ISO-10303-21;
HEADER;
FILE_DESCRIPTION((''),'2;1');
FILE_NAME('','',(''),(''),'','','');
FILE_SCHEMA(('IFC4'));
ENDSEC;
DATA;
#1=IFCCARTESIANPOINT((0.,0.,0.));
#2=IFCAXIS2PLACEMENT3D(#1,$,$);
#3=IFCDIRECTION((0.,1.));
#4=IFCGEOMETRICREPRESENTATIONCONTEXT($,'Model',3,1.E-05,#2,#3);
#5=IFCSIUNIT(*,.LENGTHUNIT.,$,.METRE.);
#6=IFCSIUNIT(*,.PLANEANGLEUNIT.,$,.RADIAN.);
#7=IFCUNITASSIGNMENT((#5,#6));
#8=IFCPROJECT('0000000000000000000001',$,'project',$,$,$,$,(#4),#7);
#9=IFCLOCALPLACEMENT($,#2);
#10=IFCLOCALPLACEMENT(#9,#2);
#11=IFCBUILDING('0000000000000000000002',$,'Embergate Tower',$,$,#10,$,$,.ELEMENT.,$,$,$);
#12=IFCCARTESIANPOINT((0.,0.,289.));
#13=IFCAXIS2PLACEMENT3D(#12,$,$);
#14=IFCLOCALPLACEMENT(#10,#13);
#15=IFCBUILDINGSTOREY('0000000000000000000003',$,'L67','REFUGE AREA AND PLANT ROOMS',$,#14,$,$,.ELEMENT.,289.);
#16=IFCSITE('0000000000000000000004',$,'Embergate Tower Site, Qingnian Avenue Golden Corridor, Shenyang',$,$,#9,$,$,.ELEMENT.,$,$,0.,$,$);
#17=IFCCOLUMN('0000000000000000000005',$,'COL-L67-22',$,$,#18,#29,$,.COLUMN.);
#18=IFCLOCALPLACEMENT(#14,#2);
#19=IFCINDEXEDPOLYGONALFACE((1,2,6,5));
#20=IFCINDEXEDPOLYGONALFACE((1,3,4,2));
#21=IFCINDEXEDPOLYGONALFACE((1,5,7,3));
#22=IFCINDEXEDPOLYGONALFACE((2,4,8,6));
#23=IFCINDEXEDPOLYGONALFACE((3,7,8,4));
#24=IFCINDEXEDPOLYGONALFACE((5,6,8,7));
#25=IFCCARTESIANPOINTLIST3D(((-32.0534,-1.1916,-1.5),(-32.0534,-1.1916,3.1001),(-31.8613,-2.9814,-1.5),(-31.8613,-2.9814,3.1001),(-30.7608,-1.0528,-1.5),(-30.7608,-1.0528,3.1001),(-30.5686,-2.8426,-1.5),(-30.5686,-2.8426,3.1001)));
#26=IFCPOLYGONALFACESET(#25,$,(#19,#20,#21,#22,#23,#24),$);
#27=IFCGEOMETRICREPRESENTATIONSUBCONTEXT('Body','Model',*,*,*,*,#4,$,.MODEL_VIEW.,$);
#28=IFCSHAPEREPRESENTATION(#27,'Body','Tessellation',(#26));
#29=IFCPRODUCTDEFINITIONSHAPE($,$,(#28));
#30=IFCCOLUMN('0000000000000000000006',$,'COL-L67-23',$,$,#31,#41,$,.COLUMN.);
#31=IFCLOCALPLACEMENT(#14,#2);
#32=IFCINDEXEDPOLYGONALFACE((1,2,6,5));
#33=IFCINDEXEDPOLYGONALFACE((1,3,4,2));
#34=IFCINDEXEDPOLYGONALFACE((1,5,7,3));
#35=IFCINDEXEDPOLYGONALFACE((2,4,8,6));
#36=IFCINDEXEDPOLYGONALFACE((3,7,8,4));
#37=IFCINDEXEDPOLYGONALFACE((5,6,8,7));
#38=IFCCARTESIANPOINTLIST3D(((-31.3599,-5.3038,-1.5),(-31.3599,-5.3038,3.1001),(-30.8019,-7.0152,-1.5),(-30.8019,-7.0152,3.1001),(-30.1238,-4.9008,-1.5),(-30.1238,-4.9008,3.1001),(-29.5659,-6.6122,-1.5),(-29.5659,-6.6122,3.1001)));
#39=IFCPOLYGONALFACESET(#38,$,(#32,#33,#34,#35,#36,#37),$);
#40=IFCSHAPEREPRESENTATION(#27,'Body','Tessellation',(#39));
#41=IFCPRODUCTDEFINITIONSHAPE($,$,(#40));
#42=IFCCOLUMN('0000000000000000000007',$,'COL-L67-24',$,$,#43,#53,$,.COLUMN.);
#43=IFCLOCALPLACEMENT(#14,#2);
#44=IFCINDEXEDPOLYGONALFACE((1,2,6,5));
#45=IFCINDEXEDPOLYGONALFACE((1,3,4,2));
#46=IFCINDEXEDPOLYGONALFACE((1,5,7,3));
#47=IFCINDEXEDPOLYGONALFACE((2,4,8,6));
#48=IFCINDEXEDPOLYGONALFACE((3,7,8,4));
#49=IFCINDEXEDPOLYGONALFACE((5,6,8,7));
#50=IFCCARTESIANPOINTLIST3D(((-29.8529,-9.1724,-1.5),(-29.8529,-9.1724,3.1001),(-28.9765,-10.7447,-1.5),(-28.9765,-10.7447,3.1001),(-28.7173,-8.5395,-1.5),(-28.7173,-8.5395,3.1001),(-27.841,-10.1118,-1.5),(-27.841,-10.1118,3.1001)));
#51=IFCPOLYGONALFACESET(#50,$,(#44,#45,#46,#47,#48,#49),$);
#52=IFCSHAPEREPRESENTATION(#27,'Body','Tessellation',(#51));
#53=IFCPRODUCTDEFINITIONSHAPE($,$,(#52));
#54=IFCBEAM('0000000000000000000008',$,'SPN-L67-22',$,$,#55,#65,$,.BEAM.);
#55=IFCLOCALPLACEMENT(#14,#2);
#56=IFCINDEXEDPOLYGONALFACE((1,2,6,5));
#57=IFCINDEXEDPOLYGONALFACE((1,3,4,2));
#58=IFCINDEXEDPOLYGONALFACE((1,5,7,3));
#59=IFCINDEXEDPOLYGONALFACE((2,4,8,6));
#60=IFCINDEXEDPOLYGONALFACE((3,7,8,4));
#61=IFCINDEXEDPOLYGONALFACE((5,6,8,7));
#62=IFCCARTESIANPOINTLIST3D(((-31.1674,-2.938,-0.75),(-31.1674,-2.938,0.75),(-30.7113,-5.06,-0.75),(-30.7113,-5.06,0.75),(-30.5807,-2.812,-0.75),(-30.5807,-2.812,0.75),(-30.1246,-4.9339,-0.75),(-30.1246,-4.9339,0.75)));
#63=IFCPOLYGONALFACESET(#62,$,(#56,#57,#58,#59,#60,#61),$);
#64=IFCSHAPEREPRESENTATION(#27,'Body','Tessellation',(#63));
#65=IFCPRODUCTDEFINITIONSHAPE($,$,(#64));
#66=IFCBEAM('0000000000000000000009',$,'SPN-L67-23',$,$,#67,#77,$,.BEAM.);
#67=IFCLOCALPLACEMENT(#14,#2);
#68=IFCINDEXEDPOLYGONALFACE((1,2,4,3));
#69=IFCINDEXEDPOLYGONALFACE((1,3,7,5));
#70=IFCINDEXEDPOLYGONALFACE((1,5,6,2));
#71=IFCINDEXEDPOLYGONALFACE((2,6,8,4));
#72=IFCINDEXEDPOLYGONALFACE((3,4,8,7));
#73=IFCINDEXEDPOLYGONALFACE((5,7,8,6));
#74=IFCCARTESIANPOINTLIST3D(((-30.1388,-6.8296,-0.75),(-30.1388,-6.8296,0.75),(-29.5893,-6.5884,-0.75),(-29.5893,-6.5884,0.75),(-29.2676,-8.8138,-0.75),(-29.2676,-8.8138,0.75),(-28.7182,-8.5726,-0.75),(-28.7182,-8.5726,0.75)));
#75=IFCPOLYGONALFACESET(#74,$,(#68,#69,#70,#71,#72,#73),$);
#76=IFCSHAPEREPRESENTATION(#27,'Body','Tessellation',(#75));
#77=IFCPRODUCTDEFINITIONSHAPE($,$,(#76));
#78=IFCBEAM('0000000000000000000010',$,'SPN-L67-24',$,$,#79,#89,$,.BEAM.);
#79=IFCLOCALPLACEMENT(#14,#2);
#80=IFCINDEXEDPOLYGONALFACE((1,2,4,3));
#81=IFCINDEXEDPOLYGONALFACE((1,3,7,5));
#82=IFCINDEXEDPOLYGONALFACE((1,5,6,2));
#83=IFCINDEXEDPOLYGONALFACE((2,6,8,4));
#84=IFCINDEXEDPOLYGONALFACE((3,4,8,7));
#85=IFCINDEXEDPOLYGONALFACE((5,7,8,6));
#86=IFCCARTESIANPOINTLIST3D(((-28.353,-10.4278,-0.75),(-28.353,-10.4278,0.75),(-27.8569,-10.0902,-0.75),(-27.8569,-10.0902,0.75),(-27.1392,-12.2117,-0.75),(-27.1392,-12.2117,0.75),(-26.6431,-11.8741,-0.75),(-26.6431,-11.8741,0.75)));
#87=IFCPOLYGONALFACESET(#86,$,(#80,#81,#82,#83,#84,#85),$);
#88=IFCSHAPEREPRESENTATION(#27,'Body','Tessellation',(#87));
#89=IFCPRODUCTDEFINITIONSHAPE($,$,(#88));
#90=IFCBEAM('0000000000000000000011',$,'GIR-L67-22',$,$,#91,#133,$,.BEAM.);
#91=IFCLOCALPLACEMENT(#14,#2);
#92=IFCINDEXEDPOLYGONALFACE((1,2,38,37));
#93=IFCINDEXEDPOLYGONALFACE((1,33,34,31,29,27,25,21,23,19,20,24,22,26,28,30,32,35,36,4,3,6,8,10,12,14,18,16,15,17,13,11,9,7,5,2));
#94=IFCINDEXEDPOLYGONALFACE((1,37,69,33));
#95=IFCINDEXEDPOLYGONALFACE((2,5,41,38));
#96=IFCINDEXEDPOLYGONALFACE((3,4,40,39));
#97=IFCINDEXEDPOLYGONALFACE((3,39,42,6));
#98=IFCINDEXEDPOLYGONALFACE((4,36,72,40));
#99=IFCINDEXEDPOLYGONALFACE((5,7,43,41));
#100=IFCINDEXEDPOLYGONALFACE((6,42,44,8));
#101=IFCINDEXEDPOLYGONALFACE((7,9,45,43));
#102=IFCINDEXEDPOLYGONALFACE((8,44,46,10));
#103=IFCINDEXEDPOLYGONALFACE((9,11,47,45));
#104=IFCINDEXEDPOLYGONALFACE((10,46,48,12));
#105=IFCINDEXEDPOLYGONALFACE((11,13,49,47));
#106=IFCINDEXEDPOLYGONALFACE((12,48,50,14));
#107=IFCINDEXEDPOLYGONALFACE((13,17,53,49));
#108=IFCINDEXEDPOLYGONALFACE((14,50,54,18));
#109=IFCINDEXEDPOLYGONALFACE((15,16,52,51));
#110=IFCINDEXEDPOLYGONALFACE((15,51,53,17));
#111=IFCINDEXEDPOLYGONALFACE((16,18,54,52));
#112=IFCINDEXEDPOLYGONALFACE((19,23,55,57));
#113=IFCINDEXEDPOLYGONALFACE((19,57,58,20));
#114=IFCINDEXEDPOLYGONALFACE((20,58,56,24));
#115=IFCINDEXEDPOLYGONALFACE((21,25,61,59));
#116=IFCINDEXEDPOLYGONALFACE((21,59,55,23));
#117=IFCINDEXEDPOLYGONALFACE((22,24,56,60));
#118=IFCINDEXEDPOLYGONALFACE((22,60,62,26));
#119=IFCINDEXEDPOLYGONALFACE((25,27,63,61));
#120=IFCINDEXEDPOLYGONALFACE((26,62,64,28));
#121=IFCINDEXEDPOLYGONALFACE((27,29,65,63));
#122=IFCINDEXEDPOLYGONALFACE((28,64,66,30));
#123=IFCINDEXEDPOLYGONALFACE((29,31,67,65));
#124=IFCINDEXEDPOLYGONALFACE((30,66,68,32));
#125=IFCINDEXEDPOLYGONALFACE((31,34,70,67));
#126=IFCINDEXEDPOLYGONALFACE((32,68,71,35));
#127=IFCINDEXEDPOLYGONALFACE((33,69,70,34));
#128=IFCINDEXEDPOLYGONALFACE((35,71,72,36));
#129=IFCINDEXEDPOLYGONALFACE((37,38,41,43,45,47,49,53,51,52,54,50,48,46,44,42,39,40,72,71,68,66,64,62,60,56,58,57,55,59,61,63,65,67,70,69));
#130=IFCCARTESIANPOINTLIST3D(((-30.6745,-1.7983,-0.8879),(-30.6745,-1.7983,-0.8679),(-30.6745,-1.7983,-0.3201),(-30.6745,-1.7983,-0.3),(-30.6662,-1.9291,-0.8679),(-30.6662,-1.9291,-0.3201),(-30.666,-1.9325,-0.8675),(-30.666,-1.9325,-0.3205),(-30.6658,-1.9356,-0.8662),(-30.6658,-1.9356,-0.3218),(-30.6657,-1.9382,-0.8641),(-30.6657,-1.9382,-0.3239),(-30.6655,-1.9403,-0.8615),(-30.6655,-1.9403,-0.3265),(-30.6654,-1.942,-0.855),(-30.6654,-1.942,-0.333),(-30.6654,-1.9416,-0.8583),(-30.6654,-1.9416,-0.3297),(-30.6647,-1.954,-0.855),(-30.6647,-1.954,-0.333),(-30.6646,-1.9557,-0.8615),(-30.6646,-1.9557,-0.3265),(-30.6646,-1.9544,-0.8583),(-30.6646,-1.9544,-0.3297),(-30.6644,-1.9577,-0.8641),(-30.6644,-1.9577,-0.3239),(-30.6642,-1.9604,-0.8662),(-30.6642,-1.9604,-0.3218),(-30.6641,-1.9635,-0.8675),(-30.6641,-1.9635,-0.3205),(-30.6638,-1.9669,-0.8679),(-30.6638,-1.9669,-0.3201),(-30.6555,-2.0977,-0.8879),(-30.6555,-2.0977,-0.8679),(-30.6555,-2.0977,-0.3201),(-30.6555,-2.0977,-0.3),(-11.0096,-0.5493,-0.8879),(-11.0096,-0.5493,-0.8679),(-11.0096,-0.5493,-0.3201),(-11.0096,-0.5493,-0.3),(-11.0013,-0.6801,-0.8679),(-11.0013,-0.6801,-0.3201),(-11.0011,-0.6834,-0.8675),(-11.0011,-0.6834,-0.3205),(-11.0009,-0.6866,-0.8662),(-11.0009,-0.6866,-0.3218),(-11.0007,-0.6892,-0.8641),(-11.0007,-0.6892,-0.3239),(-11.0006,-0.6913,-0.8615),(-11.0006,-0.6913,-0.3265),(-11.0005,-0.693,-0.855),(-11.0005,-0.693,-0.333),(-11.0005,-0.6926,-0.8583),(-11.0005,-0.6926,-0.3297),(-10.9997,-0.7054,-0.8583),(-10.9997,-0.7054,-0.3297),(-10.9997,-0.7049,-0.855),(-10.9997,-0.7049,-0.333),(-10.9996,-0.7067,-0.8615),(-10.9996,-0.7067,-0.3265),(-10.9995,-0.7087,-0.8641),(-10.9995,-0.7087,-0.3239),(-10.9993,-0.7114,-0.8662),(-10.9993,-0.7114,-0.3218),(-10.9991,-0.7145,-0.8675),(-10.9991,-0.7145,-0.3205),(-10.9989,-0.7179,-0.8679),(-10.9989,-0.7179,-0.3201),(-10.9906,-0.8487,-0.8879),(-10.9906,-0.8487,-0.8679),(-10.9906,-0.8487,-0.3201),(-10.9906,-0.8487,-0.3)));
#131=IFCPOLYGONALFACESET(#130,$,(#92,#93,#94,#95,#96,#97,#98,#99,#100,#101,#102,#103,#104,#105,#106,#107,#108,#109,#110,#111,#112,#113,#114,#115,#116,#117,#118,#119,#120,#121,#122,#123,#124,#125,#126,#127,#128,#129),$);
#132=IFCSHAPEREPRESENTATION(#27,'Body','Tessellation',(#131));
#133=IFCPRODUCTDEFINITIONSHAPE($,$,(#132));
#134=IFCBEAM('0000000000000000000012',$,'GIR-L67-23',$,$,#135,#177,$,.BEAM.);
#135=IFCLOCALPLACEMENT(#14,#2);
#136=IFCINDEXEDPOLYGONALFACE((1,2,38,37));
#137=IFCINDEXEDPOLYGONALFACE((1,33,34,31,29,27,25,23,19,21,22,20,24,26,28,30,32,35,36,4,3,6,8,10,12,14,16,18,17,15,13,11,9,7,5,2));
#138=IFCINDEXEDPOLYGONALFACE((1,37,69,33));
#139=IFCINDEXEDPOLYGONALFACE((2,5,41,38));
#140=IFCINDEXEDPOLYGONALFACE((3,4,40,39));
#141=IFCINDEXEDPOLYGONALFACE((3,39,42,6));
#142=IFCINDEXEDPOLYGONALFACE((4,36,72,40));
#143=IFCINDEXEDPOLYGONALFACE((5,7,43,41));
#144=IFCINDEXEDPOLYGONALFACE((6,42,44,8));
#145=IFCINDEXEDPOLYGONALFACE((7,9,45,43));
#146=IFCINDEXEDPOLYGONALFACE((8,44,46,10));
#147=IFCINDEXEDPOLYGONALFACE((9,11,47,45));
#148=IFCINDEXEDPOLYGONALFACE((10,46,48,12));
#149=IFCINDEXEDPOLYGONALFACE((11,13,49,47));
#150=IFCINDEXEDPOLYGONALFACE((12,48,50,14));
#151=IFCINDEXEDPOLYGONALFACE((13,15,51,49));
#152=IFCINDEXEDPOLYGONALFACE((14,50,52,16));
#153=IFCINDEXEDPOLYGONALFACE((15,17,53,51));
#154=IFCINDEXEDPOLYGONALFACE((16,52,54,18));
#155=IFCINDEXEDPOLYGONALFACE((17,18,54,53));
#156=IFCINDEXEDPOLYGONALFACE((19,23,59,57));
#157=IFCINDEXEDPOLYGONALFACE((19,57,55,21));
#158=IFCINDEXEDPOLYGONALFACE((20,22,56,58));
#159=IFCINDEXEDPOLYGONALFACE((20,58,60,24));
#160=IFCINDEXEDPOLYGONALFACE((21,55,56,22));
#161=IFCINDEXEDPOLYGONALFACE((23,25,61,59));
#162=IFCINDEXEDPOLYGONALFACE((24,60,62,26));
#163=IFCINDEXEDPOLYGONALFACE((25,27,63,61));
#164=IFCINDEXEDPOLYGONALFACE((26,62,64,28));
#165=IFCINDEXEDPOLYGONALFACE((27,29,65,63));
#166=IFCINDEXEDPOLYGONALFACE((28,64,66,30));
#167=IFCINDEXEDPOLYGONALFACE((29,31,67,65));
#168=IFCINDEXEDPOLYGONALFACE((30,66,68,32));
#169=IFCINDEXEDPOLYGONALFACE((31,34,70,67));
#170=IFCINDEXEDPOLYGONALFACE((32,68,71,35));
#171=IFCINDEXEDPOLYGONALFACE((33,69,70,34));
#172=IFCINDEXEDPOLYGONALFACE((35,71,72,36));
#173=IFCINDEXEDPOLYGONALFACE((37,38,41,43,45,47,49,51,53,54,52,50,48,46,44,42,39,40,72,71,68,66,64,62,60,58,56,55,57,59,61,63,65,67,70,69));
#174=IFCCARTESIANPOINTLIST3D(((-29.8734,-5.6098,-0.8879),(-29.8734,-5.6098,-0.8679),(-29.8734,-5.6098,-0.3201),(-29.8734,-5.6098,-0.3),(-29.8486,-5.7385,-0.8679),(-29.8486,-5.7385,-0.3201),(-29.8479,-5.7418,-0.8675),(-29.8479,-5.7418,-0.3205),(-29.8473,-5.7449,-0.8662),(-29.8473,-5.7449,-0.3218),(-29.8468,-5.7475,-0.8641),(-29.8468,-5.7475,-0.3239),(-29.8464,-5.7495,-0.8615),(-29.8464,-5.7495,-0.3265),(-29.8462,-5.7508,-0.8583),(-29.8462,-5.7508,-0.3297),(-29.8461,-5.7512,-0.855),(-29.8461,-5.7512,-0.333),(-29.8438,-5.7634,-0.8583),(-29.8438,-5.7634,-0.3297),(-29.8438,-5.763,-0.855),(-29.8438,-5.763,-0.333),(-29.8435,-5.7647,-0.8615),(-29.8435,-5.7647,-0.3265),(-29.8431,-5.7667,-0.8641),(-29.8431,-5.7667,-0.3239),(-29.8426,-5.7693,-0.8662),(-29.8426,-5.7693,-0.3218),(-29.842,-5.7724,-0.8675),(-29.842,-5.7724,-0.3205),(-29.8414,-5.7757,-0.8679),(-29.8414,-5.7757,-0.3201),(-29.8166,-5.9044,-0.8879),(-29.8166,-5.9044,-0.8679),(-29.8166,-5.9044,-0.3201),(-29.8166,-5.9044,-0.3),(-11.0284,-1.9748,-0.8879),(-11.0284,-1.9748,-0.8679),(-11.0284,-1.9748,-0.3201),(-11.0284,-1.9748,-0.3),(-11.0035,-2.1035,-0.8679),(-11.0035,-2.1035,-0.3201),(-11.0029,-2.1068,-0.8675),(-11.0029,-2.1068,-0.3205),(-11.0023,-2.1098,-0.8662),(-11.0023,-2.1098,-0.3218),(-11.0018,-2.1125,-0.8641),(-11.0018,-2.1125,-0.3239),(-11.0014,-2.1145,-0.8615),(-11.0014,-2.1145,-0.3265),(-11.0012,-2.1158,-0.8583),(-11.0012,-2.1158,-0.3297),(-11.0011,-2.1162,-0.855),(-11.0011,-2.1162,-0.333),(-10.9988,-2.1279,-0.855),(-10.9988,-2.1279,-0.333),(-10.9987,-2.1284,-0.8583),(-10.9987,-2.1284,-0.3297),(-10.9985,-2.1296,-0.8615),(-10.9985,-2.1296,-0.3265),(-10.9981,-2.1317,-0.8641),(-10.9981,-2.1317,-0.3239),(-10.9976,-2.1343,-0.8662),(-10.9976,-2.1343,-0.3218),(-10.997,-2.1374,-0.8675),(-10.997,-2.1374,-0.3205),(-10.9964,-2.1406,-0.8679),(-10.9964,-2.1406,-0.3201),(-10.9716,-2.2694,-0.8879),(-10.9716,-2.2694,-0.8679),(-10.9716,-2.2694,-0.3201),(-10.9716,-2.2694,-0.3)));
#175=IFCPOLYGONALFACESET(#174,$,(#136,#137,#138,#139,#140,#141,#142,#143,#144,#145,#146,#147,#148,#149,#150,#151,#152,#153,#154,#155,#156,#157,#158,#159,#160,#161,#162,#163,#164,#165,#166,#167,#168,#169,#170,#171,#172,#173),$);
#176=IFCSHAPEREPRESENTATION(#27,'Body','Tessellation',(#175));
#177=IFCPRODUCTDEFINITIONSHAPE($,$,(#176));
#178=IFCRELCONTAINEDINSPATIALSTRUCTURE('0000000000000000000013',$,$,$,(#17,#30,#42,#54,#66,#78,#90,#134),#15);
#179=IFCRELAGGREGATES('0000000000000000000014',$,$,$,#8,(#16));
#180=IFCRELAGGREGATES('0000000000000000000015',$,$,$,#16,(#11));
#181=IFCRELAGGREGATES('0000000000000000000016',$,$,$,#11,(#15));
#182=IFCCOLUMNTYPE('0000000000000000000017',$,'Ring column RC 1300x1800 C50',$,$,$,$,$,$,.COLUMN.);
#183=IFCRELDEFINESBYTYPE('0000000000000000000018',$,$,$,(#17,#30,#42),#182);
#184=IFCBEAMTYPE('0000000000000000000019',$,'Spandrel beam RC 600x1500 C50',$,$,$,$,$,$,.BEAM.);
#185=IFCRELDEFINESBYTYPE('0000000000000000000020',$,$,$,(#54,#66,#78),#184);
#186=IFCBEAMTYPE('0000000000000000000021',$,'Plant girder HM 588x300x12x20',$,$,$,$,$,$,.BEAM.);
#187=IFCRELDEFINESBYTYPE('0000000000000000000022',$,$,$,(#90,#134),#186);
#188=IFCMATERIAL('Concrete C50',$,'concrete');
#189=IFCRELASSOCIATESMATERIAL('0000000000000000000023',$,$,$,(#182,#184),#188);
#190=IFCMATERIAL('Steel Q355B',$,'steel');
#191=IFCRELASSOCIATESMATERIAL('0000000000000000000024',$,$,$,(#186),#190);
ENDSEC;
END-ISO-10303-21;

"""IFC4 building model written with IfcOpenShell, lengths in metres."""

from ifc_helpers import new_model, si_unit, direction, frame, origin, origin_2d, place, context, subcontext, project, spatial, rectangle, i_section, extrude, source, transform, mapped, material, material_profile, profile_set, type_object, element, save


model = new_model("IFC4")

# Units and contexts
model_context = context("Model", 3, precision=1e-05, world=origin(), true_north=direction((0.0, 1.0)))
body_context = subcontext(model_context, "Body", "Model", "MODEL_VIEW")
ifc_project = project(units=[si_unit("LENGTHUNIT", "METRE"), si_unit("PLANEANGLEUNIT", "RADIAN")], contexts=[model_context])

# Site, building, storey
site_placement = place(None, origin())
site = spatial("IfcSite", under=ifc_project, at=site_placement, Name="Embergate Tower Site, Qingnian Avenue Golden Corridor, Shenyang", CompositionType="ELEMENT", RefElevation=0.0)
building_placement = place(site_placement, origin())
building = spatial("IfcBuilding", under=site, at=building_placement, Name="Embergate Tower", CompositionType="ELEMENT")
storey_placement = place(building_placement, frame((0.0, 0.0, 289.0)))
storey = spatial("IfcBuildingStorey", under=building, at=storey_placement, Name="L67", Description="REFUGE AREA AND PLANT ROOMS", CompositionType="ELEMENT", Elevation=289.0)

# Columns
ifc_material_1 = material(Name="Concrete C50", Category="concrete")
ifc_material_profile_1 = material_profile(ifc_material_1, rectangle(XDim=1.3, YDim=1.8, at=origin_2d()), Name="RC 1300x1800")
ifc_profile_set_1 = profile_set([ifc_material_profile_1], Name="Concrete C50")
column_type = type_object("IfcColumnType", Name="Ring column RC 1300x1800 C50", PredefinedType="COLUMN", material=ifc_profile_set_1)
shared_shape_1 = source(origin(), body_context, "Body", "SweptSolid", [
    extrude(rectangle(XDim=1.3, YDim=1.8, at=origin_2d()), origin(), (0.0, 0.0, 1.0), 4.6001),
])
for number, where, z_axis, x_axis, name in (
    (1, (-31.311, -2.0171, -1.5), (0.0, 0.0, 1.0), (-0.994286, -0.10675, 0.0), "COL-L67-22"),
    (2, (-30.4629, -5.958, -1.5), (0.0, 0.0, 1.0), (-0.950754, -0.309946, 0.0), "COL-L67-23"),
    (3, (-28.8469, -9.6421, -1.5), (0.0, 0.0, 1.0), (-0.873492, -0.486839, 0.0), "COL-L67-24"),
):
    element("IfcColumn", number, at=place(storey_placement, frame(where, z_axis=z_axis, x_axis=x_axis)), inside=storey, type_object=column_type, Name=name, PredefinedType="COLUMN", context=body_context, shape_type="MappedRepresentation", body=[
        mapped(shared_shape_1, transform((0.0, 0.0, 0.0))),
    ])

# Beams
ifc_material_profile_2 = material_profile(ifc_material_1, rectangle(XDim=0.6001, YDim=1.5, at=origin_2d()), Name="RC 600x1500")
ifc_profile_set_2 = profile_set([ifc_material_profile_2], Name="Concrete C50")
beam_type_1 = type_object("IfcBeamType", Name="Spandrel beam RC 600x1500 C50", PredefinedType="BEAM", material=ifc_profile_set_2)
shared_shape_2 = source(origin(), body_context, "Body", "SweptSolid", [
    extrude(rectangle(XDim=0.6001, YDim=1.5, at=origin_2d()), origin(), (0.0, 0.0, 1.0), 2.1704),
])
beam_1_placement = place(storey_placement, frame((-30.874, -2.875, 0.0), z_axis=(0.210113, -0.977677, 0.0), x_axis=(0.977677, 0.210113, 0.0)))
element("IfcBeam", 4, at=beam_1_placement, inside=storey, type_object=beam_type_1, Name="SPN-L67-22", PredefinedType="BEAM", context=body_context, shape_type="MappedRepresentation", body=[
    mapped(shared_shape_2, transform((0.0, 0.0, 0.0))),
])
shared_shape_3 = source(origin(), body_context, "Body", "SweptSolid", [
    extrude(rectangle(XDim=0.6001, YDim=1.5, at=origin_2d()), origin(), (0.0, 0.0, 1.0), 2.167),
])
beam_2_placement = place(storey_placement, frame((-29.864, -6.709, 0.0), z_axis=(0.401995, -0.915642, 0.0), x_axis=(0.915642, 0.401995, 0.0)))
element("IfcBeam", 5, at=beam_2_placement, inside=storey, type_object=beam_type_1, Name="SPN-L67-23", PredefinedType="BEAM", context=body_context, shape_type="MappedRepresentation", body=[
    mapped(shared_shape_3, transform((0.0, 0.0, 0.0))),
])
shared_shape_4 = source(origin(), body_context, "Body", "SweptSolid", [
    extrude(rectangle(XDim=0.6001, YDim=1.5, at=origin_2d()), origin(), (0.0, 0.0, 1.0), 2.1577),
])
beam_3_placement = place(storey_placement, frame((-28.105, -10.259, 0.0), z_axis=(0.562561, -0.826756, 0.0), x_axis=(0.826756, 0.562561, 0.0)))
element("IfcBeam", 6, at=beam_3_placement, inside=storey, type_object=beam_type_1, Name="SPN-L67-24", PredefinedType="BEAM", context=body_context, shape_type="MappedRepresentation", body=[
    mapped(shared_shape_4, transform((0.0, 0.0, 0.0))),
])
ifc_material_2 = material(Name="Steel Q355B", Category="steel")
ifc_material_profile_3 = material_profile(ifc_material_2, i_section(OverallWidth=0.3, OverallDepth=0.5879, WebThickness=0.012, FlangeThickness=0.02, FilletRadius=0.0129, at=origin_2d()), Name="HM 588x300x12x20")
ifc_profile_set_3 = profile_set([ifc_material_profile_3], Name="Steel Q355 grade B")
beam_type_2 = type_object("IfcBeamType", Name="Plant girder HM 588x300x12x20", PredefinedType="BEAM", material=ifc_profile_set_3)
shared_shape_5 = source(origin(), body_context, "Body", "SweptSolid", [
    extrude(i_section(OverallWidth=0.3, OverallDepth=0.5879, WebThickness=0.012, FlangeThickness=0.02, FilletRadius=0.0129, at=origin_2d()), origin(), (0.0, 0.0, 1.0), 19.7046),
])
beam_4_placement = place(storey_placement, frame((-30.665, -1.948, -0.594), z_axis=(0.997989, 0.063387, 0.0), x_axis=(-0.063387, 0.997989, 0.0)))
element("IfcBeam", 7, at=beam_4_placement, inside=storey, type_object=beam_type_2, Name="GIR-L67-22", PredefinedType="BEAM", context=body_context, shape_type="MappedRepresentation", body=[
    mapped(shared_shape_5, transform((0.0, 0.0, 0.0))),
])
shared_shape_6 = source(origin(), body_context, "Body", "SweptSolid", [
    extrude(i_section(OverallWidth=0.3, OverallDepth=0.5879, WebThickness=0.012, FlangeThickness=0.02, FilletRadius=0.0129, at=origin_2d()), origin(), (0.0, 0.0, 1.0), 19.1924),
])
beam_5_placement = place(storey_placement, frame((-29.845, -5.7571, -0.594), z_axis=(0.9819, 0.189399, 0.0), x_axis=(-0.189399, 0.9819, 0.0)))
element("IfcBeam", 8, at=beam_5_placement, inside=storey, type_object=beam_type_2, Name="GIR-L67-23", PredefinedType="BEAM", context=body_context, shape_type="MappedRepresentation", body=[
    mapped(shared_shape_6, transform((0.0, 0.0, 0.0))),
])

save(model, "model.ifc")
